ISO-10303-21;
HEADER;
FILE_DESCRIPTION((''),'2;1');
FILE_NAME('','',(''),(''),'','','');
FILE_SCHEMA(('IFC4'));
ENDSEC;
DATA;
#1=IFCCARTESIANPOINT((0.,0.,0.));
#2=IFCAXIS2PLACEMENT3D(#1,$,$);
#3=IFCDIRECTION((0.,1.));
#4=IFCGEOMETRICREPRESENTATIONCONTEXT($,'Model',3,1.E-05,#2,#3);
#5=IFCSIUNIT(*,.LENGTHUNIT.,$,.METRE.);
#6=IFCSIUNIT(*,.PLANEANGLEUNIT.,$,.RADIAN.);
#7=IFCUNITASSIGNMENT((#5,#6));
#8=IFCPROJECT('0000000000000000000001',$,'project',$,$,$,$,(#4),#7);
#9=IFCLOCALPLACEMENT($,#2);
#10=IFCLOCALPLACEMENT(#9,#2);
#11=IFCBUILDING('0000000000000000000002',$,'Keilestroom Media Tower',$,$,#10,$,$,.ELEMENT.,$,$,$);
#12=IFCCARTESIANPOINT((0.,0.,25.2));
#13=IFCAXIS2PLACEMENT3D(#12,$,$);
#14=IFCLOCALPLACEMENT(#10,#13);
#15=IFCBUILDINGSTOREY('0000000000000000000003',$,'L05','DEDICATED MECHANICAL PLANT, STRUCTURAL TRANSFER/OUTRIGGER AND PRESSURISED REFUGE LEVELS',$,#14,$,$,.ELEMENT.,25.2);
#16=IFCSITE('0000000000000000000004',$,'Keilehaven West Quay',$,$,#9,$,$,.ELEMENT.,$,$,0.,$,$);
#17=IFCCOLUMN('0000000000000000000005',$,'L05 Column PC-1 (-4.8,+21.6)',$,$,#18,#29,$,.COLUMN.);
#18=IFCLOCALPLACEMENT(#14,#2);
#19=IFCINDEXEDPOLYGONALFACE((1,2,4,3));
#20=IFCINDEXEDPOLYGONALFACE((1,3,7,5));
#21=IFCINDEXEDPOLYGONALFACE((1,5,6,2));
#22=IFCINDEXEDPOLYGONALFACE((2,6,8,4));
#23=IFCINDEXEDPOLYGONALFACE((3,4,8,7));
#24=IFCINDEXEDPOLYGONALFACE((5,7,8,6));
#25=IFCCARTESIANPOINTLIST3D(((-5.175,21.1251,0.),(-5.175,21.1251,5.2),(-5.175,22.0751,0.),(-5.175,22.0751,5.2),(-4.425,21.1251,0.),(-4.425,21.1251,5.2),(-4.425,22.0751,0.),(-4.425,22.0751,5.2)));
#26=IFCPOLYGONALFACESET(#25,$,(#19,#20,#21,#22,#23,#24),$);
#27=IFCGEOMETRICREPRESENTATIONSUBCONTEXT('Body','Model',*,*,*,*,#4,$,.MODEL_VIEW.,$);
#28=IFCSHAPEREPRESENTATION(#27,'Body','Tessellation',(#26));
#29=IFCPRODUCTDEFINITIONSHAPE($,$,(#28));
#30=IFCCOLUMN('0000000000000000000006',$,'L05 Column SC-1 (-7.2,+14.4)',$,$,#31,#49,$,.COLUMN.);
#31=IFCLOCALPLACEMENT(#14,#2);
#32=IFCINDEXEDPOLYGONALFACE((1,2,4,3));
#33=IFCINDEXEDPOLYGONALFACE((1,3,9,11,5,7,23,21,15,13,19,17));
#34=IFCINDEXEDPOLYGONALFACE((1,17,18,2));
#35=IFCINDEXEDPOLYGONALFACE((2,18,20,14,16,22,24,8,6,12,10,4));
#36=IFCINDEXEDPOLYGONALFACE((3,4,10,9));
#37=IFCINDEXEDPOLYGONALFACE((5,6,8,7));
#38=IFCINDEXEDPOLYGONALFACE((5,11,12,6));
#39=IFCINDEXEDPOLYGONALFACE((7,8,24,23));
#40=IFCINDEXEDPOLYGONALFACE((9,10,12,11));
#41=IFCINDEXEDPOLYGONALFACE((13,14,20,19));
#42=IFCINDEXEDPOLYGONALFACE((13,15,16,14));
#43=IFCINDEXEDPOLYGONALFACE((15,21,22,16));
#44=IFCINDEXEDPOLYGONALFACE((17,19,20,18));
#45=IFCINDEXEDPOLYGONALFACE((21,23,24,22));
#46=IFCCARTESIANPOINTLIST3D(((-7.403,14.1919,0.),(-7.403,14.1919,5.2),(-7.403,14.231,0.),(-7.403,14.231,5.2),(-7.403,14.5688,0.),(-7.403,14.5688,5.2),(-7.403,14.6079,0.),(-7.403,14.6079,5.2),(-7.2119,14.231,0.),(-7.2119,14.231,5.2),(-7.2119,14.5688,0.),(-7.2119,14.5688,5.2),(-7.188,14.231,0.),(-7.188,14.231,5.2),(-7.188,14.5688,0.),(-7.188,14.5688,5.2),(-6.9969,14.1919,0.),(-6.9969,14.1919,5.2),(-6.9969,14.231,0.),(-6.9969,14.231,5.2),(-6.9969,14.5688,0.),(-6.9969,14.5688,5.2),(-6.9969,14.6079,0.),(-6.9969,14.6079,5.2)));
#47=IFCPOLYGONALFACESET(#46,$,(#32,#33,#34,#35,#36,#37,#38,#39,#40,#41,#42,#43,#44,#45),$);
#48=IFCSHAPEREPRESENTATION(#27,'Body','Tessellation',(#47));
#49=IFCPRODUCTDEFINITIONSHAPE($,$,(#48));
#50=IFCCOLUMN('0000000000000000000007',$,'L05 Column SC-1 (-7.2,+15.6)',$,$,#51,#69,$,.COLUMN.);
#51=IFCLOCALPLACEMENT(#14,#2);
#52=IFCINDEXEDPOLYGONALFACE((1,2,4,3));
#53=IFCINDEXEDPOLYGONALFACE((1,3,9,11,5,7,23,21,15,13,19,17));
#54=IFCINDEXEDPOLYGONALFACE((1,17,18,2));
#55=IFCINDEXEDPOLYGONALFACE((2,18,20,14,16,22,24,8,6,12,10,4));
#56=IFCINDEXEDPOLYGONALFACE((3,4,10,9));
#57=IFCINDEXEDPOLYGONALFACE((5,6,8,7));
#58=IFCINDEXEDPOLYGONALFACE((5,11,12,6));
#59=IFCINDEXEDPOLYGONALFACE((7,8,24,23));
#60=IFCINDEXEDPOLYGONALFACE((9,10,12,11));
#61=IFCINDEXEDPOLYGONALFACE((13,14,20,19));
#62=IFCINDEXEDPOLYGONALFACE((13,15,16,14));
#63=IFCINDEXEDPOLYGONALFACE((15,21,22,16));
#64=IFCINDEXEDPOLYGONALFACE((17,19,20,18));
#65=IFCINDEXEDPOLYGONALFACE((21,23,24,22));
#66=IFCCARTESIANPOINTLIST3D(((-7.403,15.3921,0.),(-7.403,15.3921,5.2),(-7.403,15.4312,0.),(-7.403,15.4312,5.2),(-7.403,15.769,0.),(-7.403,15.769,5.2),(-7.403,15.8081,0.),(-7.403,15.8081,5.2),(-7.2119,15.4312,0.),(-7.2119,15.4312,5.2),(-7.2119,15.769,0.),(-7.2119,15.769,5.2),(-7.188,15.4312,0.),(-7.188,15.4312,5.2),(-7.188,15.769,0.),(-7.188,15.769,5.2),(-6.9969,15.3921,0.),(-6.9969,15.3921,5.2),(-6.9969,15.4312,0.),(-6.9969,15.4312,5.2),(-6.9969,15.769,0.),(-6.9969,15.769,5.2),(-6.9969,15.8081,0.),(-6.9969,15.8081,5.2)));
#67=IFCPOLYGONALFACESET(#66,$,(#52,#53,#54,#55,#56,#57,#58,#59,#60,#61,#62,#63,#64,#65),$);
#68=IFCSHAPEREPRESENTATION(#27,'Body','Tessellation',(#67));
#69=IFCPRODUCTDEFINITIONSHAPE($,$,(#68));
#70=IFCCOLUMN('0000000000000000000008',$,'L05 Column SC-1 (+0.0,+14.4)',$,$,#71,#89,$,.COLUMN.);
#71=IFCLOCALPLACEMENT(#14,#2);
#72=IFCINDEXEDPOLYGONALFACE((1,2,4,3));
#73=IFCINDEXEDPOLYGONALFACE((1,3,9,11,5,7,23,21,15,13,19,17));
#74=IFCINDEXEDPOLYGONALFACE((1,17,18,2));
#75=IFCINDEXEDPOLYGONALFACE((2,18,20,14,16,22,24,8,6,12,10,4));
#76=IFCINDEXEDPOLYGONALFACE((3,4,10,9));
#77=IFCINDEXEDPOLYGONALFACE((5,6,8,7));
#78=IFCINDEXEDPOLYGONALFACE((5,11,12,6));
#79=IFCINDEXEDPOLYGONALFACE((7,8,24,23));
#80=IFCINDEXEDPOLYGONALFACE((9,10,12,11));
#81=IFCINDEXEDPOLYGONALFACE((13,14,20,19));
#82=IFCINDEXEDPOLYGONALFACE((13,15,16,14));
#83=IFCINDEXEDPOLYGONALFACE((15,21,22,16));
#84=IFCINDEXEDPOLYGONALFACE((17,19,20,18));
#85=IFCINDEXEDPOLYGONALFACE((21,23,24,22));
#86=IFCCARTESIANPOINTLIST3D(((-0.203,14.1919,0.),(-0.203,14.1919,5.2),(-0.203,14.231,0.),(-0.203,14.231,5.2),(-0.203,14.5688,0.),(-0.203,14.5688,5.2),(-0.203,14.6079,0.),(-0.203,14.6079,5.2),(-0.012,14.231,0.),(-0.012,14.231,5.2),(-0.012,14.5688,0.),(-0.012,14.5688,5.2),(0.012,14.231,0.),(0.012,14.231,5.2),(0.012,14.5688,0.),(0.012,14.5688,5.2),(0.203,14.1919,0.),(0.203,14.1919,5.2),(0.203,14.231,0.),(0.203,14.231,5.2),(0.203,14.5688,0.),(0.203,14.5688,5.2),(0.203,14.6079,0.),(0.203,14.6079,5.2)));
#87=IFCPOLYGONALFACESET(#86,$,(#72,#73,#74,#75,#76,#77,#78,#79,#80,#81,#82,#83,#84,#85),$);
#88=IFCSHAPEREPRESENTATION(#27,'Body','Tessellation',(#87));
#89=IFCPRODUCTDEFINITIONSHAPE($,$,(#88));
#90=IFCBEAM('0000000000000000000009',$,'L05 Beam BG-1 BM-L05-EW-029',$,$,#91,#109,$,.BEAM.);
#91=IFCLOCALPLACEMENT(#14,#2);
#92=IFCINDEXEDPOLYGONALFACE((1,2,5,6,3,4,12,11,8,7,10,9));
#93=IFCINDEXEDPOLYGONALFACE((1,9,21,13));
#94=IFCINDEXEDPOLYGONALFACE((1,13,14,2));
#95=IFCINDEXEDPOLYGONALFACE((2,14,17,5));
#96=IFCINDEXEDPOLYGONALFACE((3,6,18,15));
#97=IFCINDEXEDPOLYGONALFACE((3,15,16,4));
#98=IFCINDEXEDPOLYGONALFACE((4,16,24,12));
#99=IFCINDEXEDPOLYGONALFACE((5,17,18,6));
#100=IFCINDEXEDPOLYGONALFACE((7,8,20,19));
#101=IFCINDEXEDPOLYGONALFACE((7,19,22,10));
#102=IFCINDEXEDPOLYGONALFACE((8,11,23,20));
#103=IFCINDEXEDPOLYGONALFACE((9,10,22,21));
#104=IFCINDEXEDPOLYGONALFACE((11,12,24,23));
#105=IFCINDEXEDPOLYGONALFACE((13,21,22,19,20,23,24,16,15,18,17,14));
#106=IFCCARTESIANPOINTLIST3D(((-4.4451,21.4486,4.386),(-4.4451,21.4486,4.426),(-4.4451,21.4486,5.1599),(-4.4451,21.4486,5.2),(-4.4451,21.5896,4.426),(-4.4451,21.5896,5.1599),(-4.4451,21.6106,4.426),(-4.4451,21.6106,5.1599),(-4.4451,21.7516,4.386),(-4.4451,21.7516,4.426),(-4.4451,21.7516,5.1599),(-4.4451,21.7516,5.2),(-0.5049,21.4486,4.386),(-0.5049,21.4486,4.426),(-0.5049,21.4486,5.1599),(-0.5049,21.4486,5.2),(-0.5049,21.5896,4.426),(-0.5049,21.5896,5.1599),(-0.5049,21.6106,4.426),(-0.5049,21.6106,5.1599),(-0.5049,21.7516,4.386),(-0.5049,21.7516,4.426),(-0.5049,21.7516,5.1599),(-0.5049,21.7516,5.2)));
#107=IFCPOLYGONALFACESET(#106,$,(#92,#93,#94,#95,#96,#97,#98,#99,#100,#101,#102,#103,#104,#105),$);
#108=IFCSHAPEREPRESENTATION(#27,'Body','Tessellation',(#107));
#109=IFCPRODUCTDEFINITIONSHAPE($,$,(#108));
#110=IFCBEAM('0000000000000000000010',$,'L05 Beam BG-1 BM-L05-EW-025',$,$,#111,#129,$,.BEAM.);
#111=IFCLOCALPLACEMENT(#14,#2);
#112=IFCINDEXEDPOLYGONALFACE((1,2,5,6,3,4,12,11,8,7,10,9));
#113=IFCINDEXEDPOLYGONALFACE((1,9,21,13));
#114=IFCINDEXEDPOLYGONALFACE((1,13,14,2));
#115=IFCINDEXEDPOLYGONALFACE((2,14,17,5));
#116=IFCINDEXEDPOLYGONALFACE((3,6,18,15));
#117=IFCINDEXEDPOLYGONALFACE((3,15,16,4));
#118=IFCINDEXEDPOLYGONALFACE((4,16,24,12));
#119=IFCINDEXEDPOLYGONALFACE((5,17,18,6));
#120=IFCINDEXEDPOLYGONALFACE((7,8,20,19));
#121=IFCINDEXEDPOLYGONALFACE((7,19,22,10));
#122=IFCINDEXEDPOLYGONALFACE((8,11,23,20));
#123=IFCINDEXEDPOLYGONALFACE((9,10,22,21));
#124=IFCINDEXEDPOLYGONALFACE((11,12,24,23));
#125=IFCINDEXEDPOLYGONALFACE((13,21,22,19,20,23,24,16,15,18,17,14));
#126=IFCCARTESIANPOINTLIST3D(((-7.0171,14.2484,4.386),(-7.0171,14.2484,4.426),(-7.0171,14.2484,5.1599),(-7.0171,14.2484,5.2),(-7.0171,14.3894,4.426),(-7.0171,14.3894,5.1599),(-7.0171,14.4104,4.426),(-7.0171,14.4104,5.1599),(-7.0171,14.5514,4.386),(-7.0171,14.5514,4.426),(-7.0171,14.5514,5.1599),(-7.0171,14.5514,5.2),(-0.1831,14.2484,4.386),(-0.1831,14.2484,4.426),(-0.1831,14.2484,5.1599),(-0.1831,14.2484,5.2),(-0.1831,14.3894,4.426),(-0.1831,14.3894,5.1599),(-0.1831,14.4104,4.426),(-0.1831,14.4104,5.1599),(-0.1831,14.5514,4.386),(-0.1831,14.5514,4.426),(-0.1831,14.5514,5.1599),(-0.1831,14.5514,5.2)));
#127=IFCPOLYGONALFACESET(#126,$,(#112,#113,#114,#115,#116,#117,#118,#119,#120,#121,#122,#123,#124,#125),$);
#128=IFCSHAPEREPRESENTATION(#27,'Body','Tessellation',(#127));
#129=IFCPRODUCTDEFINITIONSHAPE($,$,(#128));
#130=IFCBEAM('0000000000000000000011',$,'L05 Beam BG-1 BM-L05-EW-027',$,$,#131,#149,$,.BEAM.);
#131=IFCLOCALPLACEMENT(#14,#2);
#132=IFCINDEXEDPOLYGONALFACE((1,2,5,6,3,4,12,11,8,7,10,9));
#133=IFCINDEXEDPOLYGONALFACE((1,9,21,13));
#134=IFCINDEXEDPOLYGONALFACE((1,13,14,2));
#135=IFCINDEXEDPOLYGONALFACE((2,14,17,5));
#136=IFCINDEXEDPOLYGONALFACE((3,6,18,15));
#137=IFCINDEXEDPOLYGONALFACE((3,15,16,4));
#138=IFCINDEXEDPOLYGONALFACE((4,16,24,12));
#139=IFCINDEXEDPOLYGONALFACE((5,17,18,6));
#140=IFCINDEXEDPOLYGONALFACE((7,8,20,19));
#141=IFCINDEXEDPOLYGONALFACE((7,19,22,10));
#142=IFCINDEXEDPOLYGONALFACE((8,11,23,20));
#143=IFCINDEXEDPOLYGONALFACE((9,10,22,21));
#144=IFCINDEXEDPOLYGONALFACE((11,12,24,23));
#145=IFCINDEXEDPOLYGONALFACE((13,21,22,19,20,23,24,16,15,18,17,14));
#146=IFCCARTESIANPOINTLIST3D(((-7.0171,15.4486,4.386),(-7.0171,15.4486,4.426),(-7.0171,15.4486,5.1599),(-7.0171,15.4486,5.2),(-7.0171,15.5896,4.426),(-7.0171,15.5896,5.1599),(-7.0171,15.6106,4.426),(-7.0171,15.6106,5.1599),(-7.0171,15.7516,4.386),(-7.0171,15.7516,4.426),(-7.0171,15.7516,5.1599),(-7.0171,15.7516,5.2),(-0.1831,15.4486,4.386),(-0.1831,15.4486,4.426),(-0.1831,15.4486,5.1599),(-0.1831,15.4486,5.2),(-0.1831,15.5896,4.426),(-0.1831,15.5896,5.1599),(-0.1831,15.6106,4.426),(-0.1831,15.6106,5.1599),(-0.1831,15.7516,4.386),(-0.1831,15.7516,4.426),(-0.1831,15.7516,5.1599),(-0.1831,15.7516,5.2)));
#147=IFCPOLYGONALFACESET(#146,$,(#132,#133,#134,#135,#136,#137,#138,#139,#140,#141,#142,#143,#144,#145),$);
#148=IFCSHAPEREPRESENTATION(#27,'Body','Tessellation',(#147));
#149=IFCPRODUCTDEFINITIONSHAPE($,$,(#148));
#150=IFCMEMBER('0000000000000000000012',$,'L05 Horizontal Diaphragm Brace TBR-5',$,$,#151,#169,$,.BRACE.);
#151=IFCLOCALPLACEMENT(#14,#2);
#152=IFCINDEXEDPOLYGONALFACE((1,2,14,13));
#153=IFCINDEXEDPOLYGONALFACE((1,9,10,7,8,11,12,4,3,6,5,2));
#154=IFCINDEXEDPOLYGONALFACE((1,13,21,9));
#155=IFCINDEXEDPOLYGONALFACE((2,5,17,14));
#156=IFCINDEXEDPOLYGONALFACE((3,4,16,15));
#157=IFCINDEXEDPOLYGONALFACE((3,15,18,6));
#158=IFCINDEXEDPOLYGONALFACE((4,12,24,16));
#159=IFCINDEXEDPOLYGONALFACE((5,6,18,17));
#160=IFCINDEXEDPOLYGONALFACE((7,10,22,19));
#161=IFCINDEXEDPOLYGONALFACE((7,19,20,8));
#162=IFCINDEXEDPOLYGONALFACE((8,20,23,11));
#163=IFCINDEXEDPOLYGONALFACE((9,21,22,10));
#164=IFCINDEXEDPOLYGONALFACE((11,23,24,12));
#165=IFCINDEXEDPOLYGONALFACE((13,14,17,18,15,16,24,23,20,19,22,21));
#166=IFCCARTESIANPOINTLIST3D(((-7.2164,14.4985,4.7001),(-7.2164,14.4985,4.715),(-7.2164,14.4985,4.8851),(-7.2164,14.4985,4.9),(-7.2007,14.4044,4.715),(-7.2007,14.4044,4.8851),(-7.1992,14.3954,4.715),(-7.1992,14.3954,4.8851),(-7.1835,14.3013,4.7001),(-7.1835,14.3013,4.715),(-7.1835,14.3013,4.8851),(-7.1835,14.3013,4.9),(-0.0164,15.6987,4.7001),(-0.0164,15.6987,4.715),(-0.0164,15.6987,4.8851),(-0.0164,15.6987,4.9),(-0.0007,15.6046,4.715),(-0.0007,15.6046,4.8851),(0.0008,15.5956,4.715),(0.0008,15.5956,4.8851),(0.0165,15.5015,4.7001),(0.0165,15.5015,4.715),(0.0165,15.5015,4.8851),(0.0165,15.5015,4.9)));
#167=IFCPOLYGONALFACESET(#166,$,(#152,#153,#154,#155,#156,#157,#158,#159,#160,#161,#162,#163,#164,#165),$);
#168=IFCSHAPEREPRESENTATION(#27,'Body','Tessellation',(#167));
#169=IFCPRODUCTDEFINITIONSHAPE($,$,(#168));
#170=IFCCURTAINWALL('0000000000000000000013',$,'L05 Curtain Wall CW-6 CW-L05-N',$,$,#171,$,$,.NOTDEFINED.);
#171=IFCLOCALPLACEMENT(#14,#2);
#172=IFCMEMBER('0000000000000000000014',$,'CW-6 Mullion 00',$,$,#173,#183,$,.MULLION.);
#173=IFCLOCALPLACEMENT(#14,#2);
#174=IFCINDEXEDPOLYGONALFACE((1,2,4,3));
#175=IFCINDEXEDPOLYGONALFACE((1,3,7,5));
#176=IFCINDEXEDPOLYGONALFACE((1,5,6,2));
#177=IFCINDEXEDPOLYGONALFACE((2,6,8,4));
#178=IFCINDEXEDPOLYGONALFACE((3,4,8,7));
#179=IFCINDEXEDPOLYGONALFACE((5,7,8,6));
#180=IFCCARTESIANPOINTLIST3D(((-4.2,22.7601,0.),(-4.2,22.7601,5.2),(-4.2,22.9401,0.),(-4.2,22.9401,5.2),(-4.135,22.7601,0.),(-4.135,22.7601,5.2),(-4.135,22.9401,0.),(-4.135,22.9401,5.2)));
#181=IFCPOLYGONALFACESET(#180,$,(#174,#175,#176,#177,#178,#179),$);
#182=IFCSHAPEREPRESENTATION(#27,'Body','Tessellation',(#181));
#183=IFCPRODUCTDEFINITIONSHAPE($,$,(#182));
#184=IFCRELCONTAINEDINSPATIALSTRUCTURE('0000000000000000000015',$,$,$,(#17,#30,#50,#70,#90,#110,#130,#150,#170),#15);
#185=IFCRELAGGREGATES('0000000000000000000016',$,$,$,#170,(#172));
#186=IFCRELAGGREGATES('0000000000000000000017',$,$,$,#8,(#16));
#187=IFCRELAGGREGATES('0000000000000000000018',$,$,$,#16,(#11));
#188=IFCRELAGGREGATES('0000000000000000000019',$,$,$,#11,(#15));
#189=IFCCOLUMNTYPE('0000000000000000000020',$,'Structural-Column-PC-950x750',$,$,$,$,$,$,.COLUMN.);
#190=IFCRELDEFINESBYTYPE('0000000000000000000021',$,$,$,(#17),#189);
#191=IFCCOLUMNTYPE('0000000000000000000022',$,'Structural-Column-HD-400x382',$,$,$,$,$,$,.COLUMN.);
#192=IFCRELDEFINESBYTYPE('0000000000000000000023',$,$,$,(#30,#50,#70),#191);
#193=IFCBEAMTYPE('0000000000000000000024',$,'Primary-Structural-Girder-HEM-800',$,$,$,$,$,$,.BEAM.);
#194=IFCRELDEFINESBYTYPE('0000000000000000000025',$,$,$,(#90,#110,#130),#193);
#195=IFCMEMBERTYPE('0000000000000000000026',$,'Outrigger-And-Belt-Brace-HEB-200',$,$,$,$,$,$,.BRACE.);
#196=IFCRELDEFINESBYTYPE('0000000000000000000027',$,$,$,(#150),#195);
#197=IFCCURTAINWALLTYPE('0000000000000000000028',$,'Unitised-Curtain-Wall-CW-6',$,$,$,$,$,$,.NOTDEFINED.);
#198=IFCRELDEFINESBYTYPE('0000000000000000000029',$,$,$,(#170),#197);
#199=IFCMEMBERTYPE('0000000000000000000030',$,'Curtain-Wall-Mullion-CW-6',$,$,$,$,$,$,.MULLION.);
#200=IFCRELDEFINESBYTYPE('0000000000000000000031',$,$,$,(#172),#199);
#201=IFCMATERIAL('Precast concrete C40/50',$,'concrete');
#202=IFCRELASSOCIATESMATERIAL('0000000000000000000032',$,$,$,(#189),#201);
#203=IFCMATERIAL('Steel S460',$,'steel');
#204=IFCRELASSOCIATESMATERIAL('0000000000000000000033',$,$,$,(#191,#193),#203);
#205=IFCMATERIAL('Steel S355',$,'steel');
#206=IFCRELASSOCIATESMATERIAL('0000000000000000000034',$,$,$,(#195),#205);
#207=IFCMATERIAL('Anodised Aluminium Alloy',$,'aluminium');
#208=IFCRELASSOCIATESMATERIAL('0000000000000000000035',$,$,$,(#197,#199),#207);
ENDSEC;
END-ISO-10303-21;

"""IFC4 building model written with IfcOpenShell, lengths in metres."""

from ifc_helpers import new_model, si_unit, direction, frame, origin, origin_2d, place, context, subcontext, project, spatial, rectangle, i_section, extrude, source, transform, mapped, material, material_profile, profile_set, type_object, element, aggregate, save


model = new_model("IFC4")

# Units and contexts
model_context = context("Model", 3, precision=1e-05, world=origin(), true_north=direction((0.0, 1.0)))
body_context = subcontext(model_context, "Body", "Model", "MODEL_VIEW")
ifc_project = project(units=[si_unit("LENGTHUNIT", "METRE"), si_unit("PLANEANGLEUNIT", "RADIAN")], contexts=[model_context])

# Site, building, storey
site_placement = place(None, origin())
site = spatial("IfcSite", under=ifc_project, at=site_placement, Name="Keilehaven West Quay", CompositionType="ELEMENT", RefElevation=0.0)
building_placement = place(site_placement, origin())
building = spatial("IfcBuilding", under=site, at=building_placement, Name="Keilestroom Media Tower", CompositionType="ELEMENT")
storey_placement = place(building_placement, frame((0.0, 0.0, 25.2)))
storey = spatial("IfcBuildingStorey", under=building, at=storey_placement, Name="L05", Description="DEDICATED MECHANICAL PLANT, STRUCTURAL TRANSFER/OUTRIGGER AND PRESSURISED REFUGE LEVELS", CompositionType="ELEMENT", Elevation=25.2)

# Columns
ifc_material_1 = material(Name="Precast concrete C40/50", Category="concrete")
ifc_material_profile_1 = material_profile(ifc_material_1, rectangle(XDim=0.75, YDim=0.95, at=origin_2d()), Name="PC 950x750")
ifc_profile_set_1 = profile_set([ifc_material_profile_1], Name="Precast concrete C40/50")
column_type_1 = type_object("IfcColumnType", Name="Structural-Column-PC-950x750", PredefinedType="COLUMN", material=ifc_profile_set_1)
shared_shape_1 = source(origin(), body_context, "Body", "SweptSolid", [
    extrude(rectangle(XDim=0.75, YDim=0.95, at=origin_2d()), origin(), (0.0, 0.0, 1.0), 5.2),
])
column_placement = place(storey_placement, frame((-4.8, 21.6001, 0.0), z_axis=(0.0, 0.0, 1.0), x_axis=(1.0, 0.0, 0.0)))
element("IfcColumn", 1, at=column_placement, inside=storey, type_object=column_type_1, Name="L05 Column PC-1 (-4.8,+21.6)", PredefinedType="COLUMN", context=body_context, shape_type="MappedRepresentation", body=[
    mapped(shared_shape_1, transform((0.0, 0.0, 0.0), x_axis=(1.0, 0.0, 0.0), y_axis=(0.0, 1.0, 0.0), z_axis=(0.0, 0.0, 1.0), scale=1.0)),
])
ifc_material_2 = material(Name="Steel S460", Category="steel")
ifc_material_profile_2 = material_profile(ifc_material_2, i_section(OverallWidth=0.406, OverallDepth=0.416, WebThickness=0.0239, FlangeThickness=0.0391, at=origin_2d()), Name="HD 400x382")
ifc_profile_set_2 = profile_set([ifc_material_profile_2], Name="Steel S460")
column_type_2 = type_object("IfcColumnType", Name="Structural-Column-HD-400x382", PredefinedType="COLUMN", material=ifc_profile_set_2)
shared_shape_2 = source(origin(), body_context, "Body", "SweptSolid", [
    extrude(i_section(OverallWidth=0.406, OverallDepth=0.416, WebThickness=0.0239, FlangeThickness=0.0391, at=origin_2d()), origin(), (0.0, 0.0, 1.0), 5.2),
])
for number, where, z_axis, x_axis, name in (
    (2, (-7.2, 14.3999, 0.0), (0.0, 0.0, 1.0), (1.0, 0.0, 0.0), "L05 Column SC-1 (-7.2,+14.4)"),
    (3, (-7.2, 15.6001, 0.0), (0.0, 0.0, 1.0), (1.0, 0.0, 0.0), "L05 Column SC-1 (-7.2,+15.6)"),
    (4, (0.0, 14.3999, 0.0), (0.0, 0.0, 1.0), (1.0, 0.0, 0.0), "L05 Column SC-1 (+0.0,+14.4)"),
):
    element("IfcColumn", number, at=place(storey_placement, frame(where, z_axis=z_axis, x_axis=x_axis)), inside=storey, type_object=column_type_2, Name=name, PredefinedType="COLUMN", context=body_context, shape_type="MappedRepresentation", body=[
        mapped(shared_shape_2, transform((0.0, 0.0, 0.0), x_axis=(1.0, 0.0, 0.0), y_axis=(0.0, 1.0, 0.0), z_axis=(0.0, 0.0, 1.0), scale=1.0)),
    ])

# Beams
ifc_material_profile_3 = material_profile(ifc_material_2, i_section(OverallWidth=0.303, OverallDepth=0.814, WebThickness=0.021, FlangeThickness=0.04, at=origin_2d()), Name="HEM 800")
ifc_profile_set_3 = profile_set([ifc_material_profile_3], Name="Steel S460")
beam_type = type_object("IfcBeamType", Name="Primary-Structural-Girder-HEM-800", PredefinedType="BEAM", material=ifc_profile_set_3)
shared_shape_3 = source(origin(), body_context, "Body", "SweptSolid", [
    extrude(i_section(OverallWidth=0.303, OverallDepth=0.814, WebThickness=0.021, FlangeThickness=0.04, at=origin_2d()), origin(), (0.0, 0.0, 1.0), 3.9402),
])
beam_placement = place(storey_placement, frame((-4.4451, 21.6001, 4.793), z_axis=(1.0, 0.0, 0.0), x_axis=(0.0, 1.0, 0.0)))
element("IfcBeam", 5, at=beam_placement, inside=storey, type_object=beam_type, Name="L05 Beam BG-1 BM-L05-EW-029", PredefinedType="BEAM", context=body_context, shape_type="MappedRepresentation", body=[
    mapped(shared_shape_3, transform((0.0, 0.0, 0.0), x_axis=(1.0, 0.0, 0.0), y_axis=(0.0, 1.0, 0.0), z_axis=(0.0, 0.0, 1.0), scale=1.0)),
])
shared_shape_4 = source(origin(), body_context, "Body", "SweptSolid", [
    extrude(i_section(OverallWidth=0.303, OverallDepth=0.814, WebThickness=0.021, FlangeThickness=0.04, at=origin_2d()), origin(), (0.0, 0.0, 1.0), 6.834),
])
for number, where, z_axis, x_axis, name in (
    (6, (-7.0171, 14.3999, 4.793), (1.0, 0.0, 0.0), (0.0, 1.0, 0.0), "L05 Beam BG-1 BM-L05-EW-025"),
    (7, (-7.0171, 15.6001, 4.793), (1.0, 0.0, 0.0), (0.0, 1.0, 0.0), "L05 Beam BG-1 BM-L05-EW-027"),
):
    element("IfcBeam", number, at=place(storey_placement, frame(where, z_axis=z_axis, x_axis=x_axis)), inside=storey, type_object=beam_type, Name=name, PredefinedType="BEAM", context=body_context, shape_type="MappedRepresentation", body=[
        mapped(shared_shape_4, transform((0.0, 0.0, 0.0), x_axis=(1.0, 0.0, 0.0), y_axis=(0.0, 1.0, 0.0), z_axis=(0.0, 0.0, 1.0), scale=1.0)),
    ])

# Member
ifc_material_3 = material(Name="Steel S355", Category="steel")
ifc_material_profile_4 = material_profile(ifc_material_3, i_section(OverallWidth=0.2, OverallDepth=0.2, WebThickness=0.009, FlangeThickness=0.0149, at=origin_2d()), Name="HEB 200")
ifc_profile_set_4 = profile_set([ifc_material_profile_4], Name="Steel S355")
member_type_1 = type_object("IfcMemberType", Name="Outrigger-And-Belt-Brace-HEB-200", PredefinedType="BRACE", material=ifc_profile_set_4)
shared_shape_5 = source(origin(), body_context, "Body", "SweptSolid", [
    extrude(i_section(OverallWidth=0.2, OverallDepth=0.2, WebThickness=0.009, FlangeThickness=0.0149, at=origin_2d()), origin(), (0.0, 0.0, 1.0), 7.2993),
])
member_1_placement = place(storey_placement, frame((-7.2, 14.3999, 4.8), z_axis=(0.986389, 0.164426, 0.0), x_axis=(-0.164426, 0.986389, 0.0)))
element("IfcMember", 8, at=member_1_placement, inside=storey, type_object=member_type_1, Name="L05 Horizontal Diaphragm Brace TBR-5", PredefinedType="BRACE", context=body_context, shape_type="MappedRepresentation", body=[
    mapped(shared_shape_5, transform((0.0, 0.0, 0.0), x_axis=(1.0, 0.0, 0.0), y_axis=(0.0, 1.0, 0.0), z_axis=(0.0, 0.0, 1.0), scale=1.0)),
])

# Curtain wall, member
ifc_material_4 = material(Name="Anodised Aluminium Alloy", Category="aluminium")
curtain_wall_type = type_object("IfcCurtainWallType", Name="Unitised-Curtain-Wall-CW-6", PredefinedType="NOTDEFINED", material=ifc_material_4)
curtain_wall_placement = place(storey_placement, origin())
curtain_wall = element("IfcCurtainWall", 9, at=curtain_wall_placement, inside=storey, type_object=curtain_wall_type, Name="L05 Curtain Wall CW-6 CW-L05-N", PredefinedType="NOTDEFINED")
ifc_material_profile_5 = material_profile(ifc_material_4, rectangle(XDim=0.0649, YDim=0.1799, at=origin_2d()), Name="ALU MULLION 65x180")
ifc_profile_set_5 = profile_set([ifc_material_profile_5], Name="Anodised Aluminium Alloy")
member_type_2 = type_object("IfcMemberType", Name="Curtain-Wall-Mullion-CW-6", PredefinedType="MULLION", material=ifc_profile_set_5)
shared_shape_6 = source(origin(), body_context, "Body", "SweptSolid", [
    extrude(rectangle(XDim=0.0649, YDim=0.1799, at=origin_2d()), origin(), (0.0, 0.0, 1.0), 5.2),
])
member_2_placement = place(storey_placement, frame((-4.1675, 22.8501, 0.0), z_axis=(0.0, 0.0, 1.0), x_axis=(1.0, 0.0, 0.0)))
member_2 = element("IfcMember", 10, at=member_2_placement, type_object=member_type_2, Name="CW-6 Mullion 00", PredefinedType="MULLION", context=body_context, shape_type="MappedRepresentation", body=[
    mapped(shared_shape_6, transform((0.0, 0.0, 0.0), x_axis=(1.0, 0.0, 0.0), y_axis=(0.0, 1.0, 0.0), z_axis=(0.0, 0.0, 1.0), scale=1.0)),
])
aggregate(curtain_wall, [member_2])

save(model, "model.ifc")
